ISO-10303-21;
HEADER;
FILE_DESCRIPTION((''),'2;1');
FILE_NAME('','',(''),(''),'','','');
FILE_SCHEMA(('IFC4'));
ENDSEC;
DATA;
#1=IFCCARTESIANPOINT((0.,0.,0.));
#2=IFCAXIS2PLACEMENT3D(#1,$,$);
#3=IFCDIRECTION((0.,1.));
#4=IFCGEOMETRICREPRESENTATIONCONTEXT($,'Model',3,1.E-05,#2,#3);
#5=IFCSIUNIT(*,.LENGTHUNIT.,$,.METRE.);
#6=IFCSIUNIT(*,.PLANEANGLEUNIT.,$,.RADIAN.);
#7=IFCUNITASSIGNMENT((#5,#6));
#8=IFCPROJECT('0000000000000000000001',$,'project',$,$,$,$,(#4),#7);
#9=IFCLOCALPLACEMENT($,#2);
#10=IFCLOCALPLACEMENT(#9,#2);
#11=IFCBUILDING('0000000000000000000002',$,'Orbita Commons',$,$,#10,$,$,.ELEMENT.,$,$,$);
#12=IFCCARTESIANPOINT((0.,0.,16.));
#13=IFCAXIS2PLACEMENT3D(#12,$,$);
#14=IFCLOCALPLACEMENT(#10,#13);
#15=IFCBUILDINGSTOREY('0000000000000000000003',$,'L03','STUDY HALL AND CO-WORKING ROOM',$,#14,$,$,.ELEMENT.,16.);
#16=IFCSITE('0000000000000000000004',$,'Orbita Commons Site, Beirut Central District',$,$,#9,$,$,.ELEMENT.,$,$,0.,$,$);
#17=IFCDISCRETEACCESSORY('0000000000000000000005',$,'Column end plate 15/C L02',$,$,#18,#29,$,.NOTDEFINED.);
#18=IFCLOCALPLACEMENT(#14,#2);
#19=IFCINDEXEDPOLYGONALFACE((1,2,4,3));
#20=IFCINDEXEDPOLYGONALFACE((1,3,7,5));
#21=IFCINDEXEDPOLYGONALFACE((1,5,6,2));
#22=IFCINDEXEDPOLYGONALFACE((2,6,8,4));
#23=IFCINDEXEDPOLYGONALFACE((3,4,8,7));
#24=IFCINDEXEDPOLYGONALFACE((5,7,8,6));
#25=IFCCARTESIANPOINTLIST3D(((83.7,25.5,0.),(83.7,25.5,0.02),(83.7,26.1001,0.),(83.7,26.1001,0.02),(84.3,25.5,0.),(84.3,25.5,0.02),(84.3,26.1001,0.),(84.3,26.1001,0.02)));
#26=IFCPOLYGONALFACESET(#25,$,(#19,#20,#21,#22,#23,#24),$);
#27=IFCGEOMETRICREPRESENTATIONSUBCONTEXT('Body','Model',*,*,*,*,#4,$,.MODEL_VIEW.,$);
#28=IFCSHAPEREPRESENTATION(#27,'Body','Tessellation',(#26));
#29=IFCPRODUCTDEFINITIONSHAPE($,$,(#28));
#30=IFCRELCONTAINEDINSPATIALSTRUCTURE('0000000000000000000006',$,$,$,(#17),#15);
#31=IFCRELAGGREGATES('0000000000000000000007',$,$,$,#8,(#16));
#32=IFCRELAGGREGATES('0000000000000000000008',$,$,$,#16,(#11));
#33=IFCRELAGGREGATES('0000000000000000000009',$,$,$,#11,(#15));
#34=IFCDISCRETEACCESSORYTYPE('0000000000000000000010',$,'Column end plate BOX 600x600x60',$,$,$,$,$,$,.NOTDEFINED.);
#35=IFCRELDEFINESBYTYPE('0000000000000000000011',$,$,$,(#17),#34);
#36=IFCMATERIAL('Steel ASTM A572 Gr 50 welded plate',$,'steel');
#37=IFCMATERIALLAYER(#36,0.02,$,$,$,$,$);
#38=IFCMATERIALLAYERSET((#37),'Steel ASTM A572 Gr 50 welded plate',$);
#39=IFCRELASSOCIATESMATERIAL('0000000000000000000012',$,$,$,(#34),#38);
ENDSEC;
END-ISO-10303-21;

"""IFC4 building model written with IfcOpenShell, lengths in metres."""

from ifc_helpers import new_model, si_unit, direction, frame, origin, origin_2d, place, context, subcontext, project, spatial, rectangle, extrude, material, layer, layer_set, type_object, element, save


model = new_model("IFC4")

# Units and contexts
model_context = context("Model", 3, precision=1e-05, world=origin(), true_north=direction((0.0, 1.0)))
body_context = subcontext(model_context, "Body", "Model", "MODEL_VIEW")
ifc_project = project(units=[si_unit("LENGTHUNIT", "METRE"), si_unit("PLANEANGLEUNIT", "RADIAN")], contexts=[model_context])

# Site, building, storey
site_placement = place(None, origin())
site = spatial("IfcSite", under=ifc_project, at=site_placement, Name="Orbita Commons Site, Beirut Central District", CompositionType="ELEMENT", RefElevation=0.0)
building_placement = place(site_placement, origin())
building = spatial("IfcBuilding", under=site, at=building_placement, Name="Orbita Commons", CompositionType="ELEMENT")
storey_placement = place(building_placement, frame((0.0, 0.0, 16.0)))
storey = spatial("IfcBuildingStorey", under=building, at=storey_placement, Name="L03", Description="STUDY HALL AND CO-WORKING ROOM", CompositionType="ELEMENT", Elevation=16.0)

# Discrete accessory
ifc_material_1 = material(Name="Steel ASTM A572 Gr 50 welded plate", Category="steel")
ifc_layer_1 = layer(ifc_material_1, 0.02)
ifc_layer_set_1 = layer_set([ifc_layer_1], Name="Steel ASTM A572 Gr 50 welded plate")
discrete_accessory_type = type_object("IfcDiscreteAccessoryType", Name="Column end plate BOX 600x600x60", PredefinedType="NOTDEFINED", material=ifc_layer_set_1)
discrete_accessory_placement = place(storey_placement, frame((84.0, 25.8, 0.0), z_axis=(0.0, 0.0, 1.0), x_axis=(1.0, 0.0, 0.0)))
element("IfcDiscreteAccessory", 1, at=discrete_accessory_placement, inside=storey, type_object=discrete_accessory_type, Name="Column end plate 15/C L02", PredefinedType="NOTDEFINED", context=body_context, shape_type="SweptSolid", body=[
    extrude(rectangle(XDim=0.6001, YDim=0.6001, at=origin_2d()), origin(), (0.0, 0.0, 1.0), 0.02),
])

save(model, "model.ifc")
